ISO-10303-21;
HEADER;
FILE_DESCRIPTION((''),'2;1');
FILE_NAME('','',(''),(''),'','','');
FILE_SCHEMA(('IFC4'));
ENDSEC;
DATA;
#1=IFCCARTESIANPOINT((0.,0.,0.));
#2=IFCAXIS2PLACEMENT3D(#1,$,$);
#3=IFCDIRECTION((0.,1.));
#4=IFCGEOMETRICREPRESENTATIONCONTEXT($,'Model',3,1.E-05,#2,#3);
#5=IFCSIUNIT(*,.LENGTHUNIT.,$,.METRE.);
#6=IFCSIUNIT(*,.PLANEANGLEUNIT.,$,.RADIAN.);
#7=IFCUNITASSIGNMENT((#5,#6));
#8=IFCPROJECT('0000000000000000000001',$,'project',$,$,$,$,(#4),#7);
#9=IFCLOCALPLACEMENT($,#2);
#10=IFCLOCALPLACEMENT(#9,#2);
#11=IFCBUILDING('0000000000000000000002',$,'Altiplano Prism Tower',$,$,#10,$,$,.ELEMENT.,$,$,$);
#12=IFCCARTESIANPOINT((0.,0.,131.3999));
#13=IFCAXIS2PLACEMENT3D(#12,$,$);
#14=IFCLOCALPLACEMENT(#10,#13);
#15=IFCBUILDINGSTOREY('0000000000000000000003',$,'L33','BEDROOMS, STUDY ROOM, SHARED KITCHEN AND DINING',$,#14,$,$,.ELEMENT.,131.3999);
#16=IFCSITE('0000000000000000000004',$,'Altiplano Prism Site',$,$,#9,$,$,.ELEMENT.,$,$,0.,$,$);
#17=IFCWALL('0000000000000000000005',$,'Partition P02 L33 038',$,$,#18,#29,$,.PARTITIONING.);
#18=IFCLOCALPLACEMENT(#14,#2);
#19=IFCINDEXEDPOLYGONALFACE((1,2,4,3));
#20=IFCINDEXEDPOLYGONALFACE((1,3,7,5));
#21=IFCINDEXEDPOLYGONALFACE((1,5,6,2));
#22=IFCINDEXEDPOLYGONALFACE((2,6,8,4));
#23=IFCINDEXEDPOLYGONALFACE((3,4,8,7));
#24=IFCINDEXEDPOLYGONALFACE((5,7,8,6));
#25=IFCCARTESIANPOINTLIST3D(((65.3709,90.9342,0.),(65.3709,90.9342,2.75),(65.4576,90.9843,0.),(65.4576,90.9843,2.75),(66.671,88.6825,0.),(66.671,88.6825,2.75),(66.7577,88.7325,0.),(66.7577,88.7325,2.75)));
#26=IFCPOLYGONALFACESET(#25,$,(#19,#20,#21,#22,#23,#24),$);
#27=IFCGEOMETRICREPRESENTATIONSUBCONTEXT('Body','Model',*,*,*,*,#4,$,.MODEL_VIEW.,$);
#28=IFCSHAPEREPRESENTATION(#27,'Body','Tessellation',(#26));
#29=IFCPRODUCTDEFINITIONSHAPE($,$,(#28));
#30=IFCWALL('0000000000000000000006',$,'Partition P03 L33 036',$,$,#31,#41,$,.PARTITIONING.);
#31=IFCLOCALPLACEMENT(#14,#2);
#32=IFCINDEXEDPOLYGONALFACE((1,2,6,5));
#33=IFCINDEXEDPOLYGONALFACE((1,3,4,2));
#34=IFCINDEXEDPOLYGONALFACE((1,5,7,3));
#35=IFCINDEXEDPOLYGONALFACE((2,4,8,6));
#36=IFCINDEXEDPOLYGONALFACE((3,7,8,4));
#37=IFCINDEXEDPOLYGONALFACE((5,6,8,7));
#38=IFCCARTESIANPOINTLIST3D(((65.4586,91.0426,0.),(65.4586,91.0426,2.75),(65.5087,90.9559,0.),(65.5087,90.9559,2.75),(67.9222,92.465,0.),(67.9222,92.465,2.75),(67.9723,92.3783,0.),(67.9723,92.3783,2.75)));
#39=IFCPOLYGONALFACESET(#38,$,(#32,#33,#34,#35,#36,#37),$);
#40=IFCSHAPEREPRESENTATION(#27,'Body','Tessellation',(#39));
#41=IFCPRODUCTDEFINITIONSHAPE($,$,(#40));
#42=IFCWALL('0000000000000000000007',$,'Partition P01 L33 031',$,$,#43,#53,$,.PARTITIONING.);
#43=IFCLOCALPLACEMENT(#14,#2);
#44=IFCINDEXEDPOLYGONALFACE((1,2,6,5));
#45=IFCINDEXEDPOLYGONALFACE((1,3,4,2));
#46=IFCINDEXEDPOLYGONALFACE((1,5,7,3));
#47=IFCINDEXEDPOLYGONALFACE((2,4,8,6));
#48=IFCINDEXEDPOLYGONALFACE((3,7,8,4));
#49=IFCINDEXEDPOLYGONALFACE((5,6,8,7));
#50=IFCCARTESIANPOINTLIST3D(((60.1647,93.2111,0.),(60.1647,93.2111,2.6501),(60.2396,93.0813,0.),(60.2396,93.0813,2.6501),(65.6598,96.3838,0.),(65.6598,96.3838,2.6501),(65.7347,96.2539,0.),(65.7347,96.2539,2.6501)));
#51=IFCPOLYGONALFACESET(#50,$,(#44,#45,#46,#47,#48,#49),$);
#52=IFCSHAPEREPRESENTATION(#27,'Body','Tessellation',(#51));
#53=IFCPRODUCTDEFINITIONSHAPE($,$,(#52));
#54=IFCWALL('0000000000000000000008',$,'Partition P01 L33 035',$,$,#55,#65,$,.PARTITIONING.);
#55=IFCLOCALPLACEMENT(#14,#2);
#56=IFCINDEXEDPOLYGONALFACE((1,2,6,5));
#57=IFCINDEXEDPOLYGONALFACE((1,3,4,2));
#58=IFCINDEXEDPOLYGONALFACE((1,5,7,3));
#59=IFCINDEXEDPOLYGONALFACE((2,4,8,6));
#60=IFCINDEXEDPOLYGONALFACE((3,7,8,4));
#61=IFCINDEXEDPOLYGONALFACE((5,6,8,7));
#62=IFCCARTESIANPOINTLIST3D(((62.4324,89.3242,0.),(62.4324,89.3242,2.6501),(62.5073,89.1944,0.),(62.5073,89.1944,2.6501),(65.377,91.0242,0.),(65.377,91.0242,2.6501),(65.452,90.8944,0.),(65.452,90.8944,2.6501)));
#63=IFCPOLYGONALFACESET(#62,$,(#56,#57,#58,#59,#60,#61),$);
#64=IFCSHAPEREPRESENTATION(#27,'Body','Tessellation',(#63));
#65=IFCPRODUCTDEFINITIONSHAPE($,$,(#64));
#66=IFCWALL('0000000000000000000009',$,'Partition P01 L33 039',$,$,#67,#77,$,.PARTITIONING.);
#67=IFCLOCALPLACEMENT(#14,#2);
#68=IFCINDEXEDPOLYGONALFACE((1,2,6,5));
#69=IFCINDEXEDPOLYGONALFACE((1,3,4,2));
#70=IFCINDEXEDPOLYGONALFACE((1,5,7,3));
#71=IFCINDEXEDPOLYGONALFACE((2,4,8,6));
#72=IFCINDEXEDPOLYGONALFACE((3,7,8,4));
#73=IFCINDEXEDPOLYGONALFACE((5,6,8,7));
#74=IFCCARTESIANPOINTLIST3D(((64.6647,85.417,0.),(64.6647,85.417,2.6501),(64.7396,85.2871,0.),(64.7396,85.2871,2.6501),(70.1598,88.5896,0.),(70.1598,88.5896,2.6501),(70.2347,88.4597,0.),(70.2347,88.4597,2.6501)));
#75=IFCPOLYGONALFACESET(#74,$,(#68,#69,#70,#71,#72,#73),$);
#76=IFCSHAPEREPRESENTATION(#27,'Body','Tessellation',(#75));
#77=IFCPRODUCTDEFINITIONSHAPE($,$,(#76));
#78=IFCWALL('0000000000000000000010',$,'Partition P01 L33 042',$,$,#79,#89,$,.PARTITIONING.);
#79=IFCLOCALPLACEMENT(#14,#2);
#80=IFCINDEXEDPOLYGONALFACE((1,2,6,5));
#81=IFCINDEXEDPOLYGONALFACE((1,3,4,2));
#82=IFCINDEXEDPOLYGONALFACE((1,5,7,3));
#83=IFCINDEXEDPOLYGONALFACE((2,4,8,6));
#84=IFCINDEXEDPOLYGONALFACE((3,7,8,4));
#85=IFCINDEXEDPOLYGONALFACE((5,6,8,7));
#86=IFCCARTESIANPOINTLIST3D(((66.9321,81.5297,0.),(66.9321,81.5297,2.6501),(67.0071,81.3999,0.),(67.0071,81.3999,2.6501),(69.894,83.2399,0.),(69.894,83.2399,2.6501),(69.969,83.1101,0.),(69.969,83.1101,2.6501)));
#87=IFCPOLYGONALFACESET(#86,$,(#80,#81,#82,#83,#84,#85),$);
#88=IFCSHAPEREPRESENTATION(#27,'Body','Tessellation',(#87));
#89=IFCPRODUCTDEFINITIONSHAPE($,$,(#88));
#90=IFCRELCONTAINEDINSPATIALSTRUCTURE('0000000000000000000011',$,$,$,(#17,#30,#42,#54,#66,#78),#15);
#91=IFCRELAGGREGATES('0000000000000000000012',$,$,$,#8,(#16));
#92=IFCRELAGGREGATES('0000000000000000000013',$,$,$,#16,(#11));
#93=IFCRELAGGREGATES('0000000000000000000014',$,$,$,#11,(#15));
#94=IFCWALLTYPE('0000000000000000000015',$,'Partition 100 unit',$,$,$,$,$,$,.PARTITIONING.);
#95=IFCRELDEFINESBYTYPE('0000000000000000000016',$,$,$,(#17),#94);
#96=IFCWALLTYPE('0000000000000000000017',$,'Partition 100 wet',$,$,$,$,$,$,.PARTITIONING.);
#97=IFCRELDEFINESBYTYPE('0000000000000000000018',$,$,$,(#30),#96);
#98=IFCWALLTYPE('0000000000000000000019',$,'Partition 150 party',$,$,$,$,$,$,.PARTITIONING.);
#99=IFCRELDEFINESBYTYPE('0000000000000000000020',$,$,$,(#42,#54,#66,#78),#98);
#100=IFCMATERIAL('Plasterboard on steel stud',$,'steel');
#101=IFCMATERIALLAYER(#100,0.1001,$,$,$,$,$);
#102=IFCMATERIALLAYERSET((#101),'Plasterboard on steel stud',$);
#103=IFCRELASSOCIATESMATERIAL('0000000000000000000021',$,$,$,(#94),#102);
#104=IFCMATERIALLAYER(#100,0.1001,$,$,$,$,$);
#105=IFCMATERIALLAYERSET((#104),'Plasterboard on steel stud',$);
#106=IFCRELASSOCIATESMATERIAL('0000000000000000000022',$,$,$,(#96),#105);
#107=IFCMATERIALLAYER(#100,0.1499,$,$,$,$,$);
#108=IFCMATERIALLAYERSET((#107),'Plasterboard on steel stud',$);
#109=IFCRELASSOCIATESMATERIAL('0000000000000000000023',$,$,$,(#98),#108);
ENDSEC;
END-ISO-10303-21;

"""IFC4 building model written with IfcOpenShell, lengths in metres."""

from ifc_helpers import new_model, si_unit, direction, frame, frame_2d, origin, place, context, subcontext, project, spatial, rectangle, extrude, material, layer, layer_set, type_object, element, save


model = new_model("IFC4")

# Units and contexts
model_context = context("Model", 3, precision=1e-05, world=origin(), true_north=direction((0.0, 1.0)))
body_context = subcontext(model_context, "Body", "Model", "MODEL_VIEW")
ifc_project = project(units=[si_unit("LENGTHUNIT", "METRE"), si_unit("PLANEANGLEUNIT", "RADIAN")], contexts=[model_context])

# Site, building, storey
site_placement = place(None, origin())
site = spatial("IfcSite", under=ifc_project, at=site_placement, Name="Altiplano Prism Site", CompositionType="ELEMENT", RefElevation=0.0)
building_placement = place(site_placement, origin())
building = spatial("IfcBuilding", under=site, at=building_placement, Name="Altiplano Prism Tower", CompositionType="ELEMENT")
storey_placement = place(building_placement, frame((0.0, 0.0, 131.3999)))
storey = spatial("IfcBuildingStorey", under=building, at=storey_placement, Name="L33", Description="BEDROOMS, STUDY ROOM, SHARED KITCHEN AND DINING", CompositionType="ELEMENT", Elevation=131.3999)

# Shared definitions
ifc_material_1 = material(Name="Plasterboard on steel stud", Category="steel")
ifc_layer_1 = layer(ifc_material_1, 0.1001)
ifc_layer_set_1 = layer_set([ifc_layer_1], Name="Plasterboard on steel stud")
wall_type_1 = type_object("IfcWallType", Name="Partition 100 unit", PredefinedType="PARTITIONING", material=ifc_layer_set_1)

# Walls
wall_1_placement = place(storey_placement, frame((66.7144, 88.7075, 0.0), z_axis=(0.0, 0.0, 1.0), x_axis=(-0.500007, 0.866021, 0.0)))
element("IfcWall", 1, at=wall_1_placement, inside=storey, type_object=wall_type_1, Name="Partition P02 L33 038", PredefinedType="PARTITIONING", context=body_context, shape_type="SweptSolid", body=[
    extrude(rectangle(XDim=2.6001, YDim=0.1001, at=frame_2d((1.3, 0.0))), origin(), (0.0, 0.0, 1.0), 2.75),
])
ifc_layer_2 = layer(ifc_material_1, 0.1001)
ifc_layer_set_2 = layer_set([ifc_layer_2], Name="Plasterboard on steel stud")
wall_type_2 = type_object("IfcWallType", Name="Partition 100 wet", PredefinedType="PARTITIONING", material=ifc_layer_set_2)
wall_2_placement = place(storey_placement, frame((65.4836, 90.9993, 0.0), z_axis=(0.0, 0.0, 1.0), x_axis=(0.866027, 0.499997, 0.0)))
element("IfcWall", 2, at=wall_2_placement, inside=storey, type_object=wall_type_2, Name="Partition P03 L33 036", PredefinedType="PARTITIONING", context=body_context, shape_type="SweptSolid", body=[
    extrude(rectangle(XDim=2.8447, YDim=0.1001, at=frame_2d((1.4224, 0.0))), origin(), (0.0, 0.0, 1.0), 2.75),
])
ifc_layer_3 = layer(ifc_material_1, 0.1499)
ifc_layer_set_3 = layer_set([ifc_layer_3], Name="Plasterboard on steel stud")
wall_type_3 = type_object("IfcWallType", Name="Partition 150 party", PredefinedType="PARTITIONING", material=ifc_layer_set_3)
wall_3_placement = place(storey_placement, frame((60.2021, 93.1462, 0.0), z_axis=(0.0, 0.0, 1.0), x_axis=(0.866025, 0.5, 0.0)))
element("IfcWall", 3, at=wall_3_placement, inside=storey, type_object=wall_type_3, Name="Partition P01 L33 031", PredefinedType="PARTITIONING", context=body_context, shape_type="SweptSolid", body=[
    extrude(rectangle(XDim=6.3452, YDim=0.1499, at=frame_2d((3.1726, 0.0))), origin(), (0.0, 0.0, 1.0), 2.6501),
])
wall_4_placement = place(storey_placement, frame((62.4697, 89.2593, 0.0), z_axis=(0.0, 0.0, 1.0), x_axis=(0.866039, 0.499977, 0.0)))
element("IfcWall", 4, at=wall_4_placement, inside=storey, type_object=wall_type_3, Name="Partition P01 L33 035", PredefinedType="PARTITIONING", context=body_context, shape_type="SweptSolid", body=[
    extrude(rectangle(XDim=3.4001, YDim=0.1499, at=frame_2d((1.7002, 0.0))), origin(), (0.0, 0.0, 1.0), 2.6501),
])
wall_5_placement = place(storey_placement, frame((64.7021, 85.3521, 0.0), z_axis=(0.0, 0.0, 1.0), x_axis=(0.866025, 0.5, 0.0)))
element("IfcWall", 5, at=wall_5_placement, inside=storey, type_object=wall_type_3, Name="Partition P01 L33 039", PredefinedType="PARTITIONING", context=body_context, shape_type="SweptSolid", body=[
    extrude(rectangle(XDim=6.3452, YDim=0.1499, at=frame_2d((3.1726, 0.0))), origin(), (0.0, 0.0, 1.0), 2.6501),
])
wall_6_placement = place(storey_placement, frame((66.9697, 81.4648, 0.0), z_axis=(0.0, 0.0, 1.0), x_axis=(0.866007, 0.500031, 0.0)))
element("IfcWall", 6, at=wall_6_placement, inside=storey, type_object=wall_type_3, Name="Partition P01 L33 042", PredefinedType="PARTITIONING", context=body_context, shape_type="SweptSolid", body=[
    extrude(rectangle(XDim=3.4202, YDim=0.1499, at=frame_2d((1.71, 0.0))), origin(), (0.0, 0.0, 1.0), 2.6501),
])

save(model, "model.ifc")
